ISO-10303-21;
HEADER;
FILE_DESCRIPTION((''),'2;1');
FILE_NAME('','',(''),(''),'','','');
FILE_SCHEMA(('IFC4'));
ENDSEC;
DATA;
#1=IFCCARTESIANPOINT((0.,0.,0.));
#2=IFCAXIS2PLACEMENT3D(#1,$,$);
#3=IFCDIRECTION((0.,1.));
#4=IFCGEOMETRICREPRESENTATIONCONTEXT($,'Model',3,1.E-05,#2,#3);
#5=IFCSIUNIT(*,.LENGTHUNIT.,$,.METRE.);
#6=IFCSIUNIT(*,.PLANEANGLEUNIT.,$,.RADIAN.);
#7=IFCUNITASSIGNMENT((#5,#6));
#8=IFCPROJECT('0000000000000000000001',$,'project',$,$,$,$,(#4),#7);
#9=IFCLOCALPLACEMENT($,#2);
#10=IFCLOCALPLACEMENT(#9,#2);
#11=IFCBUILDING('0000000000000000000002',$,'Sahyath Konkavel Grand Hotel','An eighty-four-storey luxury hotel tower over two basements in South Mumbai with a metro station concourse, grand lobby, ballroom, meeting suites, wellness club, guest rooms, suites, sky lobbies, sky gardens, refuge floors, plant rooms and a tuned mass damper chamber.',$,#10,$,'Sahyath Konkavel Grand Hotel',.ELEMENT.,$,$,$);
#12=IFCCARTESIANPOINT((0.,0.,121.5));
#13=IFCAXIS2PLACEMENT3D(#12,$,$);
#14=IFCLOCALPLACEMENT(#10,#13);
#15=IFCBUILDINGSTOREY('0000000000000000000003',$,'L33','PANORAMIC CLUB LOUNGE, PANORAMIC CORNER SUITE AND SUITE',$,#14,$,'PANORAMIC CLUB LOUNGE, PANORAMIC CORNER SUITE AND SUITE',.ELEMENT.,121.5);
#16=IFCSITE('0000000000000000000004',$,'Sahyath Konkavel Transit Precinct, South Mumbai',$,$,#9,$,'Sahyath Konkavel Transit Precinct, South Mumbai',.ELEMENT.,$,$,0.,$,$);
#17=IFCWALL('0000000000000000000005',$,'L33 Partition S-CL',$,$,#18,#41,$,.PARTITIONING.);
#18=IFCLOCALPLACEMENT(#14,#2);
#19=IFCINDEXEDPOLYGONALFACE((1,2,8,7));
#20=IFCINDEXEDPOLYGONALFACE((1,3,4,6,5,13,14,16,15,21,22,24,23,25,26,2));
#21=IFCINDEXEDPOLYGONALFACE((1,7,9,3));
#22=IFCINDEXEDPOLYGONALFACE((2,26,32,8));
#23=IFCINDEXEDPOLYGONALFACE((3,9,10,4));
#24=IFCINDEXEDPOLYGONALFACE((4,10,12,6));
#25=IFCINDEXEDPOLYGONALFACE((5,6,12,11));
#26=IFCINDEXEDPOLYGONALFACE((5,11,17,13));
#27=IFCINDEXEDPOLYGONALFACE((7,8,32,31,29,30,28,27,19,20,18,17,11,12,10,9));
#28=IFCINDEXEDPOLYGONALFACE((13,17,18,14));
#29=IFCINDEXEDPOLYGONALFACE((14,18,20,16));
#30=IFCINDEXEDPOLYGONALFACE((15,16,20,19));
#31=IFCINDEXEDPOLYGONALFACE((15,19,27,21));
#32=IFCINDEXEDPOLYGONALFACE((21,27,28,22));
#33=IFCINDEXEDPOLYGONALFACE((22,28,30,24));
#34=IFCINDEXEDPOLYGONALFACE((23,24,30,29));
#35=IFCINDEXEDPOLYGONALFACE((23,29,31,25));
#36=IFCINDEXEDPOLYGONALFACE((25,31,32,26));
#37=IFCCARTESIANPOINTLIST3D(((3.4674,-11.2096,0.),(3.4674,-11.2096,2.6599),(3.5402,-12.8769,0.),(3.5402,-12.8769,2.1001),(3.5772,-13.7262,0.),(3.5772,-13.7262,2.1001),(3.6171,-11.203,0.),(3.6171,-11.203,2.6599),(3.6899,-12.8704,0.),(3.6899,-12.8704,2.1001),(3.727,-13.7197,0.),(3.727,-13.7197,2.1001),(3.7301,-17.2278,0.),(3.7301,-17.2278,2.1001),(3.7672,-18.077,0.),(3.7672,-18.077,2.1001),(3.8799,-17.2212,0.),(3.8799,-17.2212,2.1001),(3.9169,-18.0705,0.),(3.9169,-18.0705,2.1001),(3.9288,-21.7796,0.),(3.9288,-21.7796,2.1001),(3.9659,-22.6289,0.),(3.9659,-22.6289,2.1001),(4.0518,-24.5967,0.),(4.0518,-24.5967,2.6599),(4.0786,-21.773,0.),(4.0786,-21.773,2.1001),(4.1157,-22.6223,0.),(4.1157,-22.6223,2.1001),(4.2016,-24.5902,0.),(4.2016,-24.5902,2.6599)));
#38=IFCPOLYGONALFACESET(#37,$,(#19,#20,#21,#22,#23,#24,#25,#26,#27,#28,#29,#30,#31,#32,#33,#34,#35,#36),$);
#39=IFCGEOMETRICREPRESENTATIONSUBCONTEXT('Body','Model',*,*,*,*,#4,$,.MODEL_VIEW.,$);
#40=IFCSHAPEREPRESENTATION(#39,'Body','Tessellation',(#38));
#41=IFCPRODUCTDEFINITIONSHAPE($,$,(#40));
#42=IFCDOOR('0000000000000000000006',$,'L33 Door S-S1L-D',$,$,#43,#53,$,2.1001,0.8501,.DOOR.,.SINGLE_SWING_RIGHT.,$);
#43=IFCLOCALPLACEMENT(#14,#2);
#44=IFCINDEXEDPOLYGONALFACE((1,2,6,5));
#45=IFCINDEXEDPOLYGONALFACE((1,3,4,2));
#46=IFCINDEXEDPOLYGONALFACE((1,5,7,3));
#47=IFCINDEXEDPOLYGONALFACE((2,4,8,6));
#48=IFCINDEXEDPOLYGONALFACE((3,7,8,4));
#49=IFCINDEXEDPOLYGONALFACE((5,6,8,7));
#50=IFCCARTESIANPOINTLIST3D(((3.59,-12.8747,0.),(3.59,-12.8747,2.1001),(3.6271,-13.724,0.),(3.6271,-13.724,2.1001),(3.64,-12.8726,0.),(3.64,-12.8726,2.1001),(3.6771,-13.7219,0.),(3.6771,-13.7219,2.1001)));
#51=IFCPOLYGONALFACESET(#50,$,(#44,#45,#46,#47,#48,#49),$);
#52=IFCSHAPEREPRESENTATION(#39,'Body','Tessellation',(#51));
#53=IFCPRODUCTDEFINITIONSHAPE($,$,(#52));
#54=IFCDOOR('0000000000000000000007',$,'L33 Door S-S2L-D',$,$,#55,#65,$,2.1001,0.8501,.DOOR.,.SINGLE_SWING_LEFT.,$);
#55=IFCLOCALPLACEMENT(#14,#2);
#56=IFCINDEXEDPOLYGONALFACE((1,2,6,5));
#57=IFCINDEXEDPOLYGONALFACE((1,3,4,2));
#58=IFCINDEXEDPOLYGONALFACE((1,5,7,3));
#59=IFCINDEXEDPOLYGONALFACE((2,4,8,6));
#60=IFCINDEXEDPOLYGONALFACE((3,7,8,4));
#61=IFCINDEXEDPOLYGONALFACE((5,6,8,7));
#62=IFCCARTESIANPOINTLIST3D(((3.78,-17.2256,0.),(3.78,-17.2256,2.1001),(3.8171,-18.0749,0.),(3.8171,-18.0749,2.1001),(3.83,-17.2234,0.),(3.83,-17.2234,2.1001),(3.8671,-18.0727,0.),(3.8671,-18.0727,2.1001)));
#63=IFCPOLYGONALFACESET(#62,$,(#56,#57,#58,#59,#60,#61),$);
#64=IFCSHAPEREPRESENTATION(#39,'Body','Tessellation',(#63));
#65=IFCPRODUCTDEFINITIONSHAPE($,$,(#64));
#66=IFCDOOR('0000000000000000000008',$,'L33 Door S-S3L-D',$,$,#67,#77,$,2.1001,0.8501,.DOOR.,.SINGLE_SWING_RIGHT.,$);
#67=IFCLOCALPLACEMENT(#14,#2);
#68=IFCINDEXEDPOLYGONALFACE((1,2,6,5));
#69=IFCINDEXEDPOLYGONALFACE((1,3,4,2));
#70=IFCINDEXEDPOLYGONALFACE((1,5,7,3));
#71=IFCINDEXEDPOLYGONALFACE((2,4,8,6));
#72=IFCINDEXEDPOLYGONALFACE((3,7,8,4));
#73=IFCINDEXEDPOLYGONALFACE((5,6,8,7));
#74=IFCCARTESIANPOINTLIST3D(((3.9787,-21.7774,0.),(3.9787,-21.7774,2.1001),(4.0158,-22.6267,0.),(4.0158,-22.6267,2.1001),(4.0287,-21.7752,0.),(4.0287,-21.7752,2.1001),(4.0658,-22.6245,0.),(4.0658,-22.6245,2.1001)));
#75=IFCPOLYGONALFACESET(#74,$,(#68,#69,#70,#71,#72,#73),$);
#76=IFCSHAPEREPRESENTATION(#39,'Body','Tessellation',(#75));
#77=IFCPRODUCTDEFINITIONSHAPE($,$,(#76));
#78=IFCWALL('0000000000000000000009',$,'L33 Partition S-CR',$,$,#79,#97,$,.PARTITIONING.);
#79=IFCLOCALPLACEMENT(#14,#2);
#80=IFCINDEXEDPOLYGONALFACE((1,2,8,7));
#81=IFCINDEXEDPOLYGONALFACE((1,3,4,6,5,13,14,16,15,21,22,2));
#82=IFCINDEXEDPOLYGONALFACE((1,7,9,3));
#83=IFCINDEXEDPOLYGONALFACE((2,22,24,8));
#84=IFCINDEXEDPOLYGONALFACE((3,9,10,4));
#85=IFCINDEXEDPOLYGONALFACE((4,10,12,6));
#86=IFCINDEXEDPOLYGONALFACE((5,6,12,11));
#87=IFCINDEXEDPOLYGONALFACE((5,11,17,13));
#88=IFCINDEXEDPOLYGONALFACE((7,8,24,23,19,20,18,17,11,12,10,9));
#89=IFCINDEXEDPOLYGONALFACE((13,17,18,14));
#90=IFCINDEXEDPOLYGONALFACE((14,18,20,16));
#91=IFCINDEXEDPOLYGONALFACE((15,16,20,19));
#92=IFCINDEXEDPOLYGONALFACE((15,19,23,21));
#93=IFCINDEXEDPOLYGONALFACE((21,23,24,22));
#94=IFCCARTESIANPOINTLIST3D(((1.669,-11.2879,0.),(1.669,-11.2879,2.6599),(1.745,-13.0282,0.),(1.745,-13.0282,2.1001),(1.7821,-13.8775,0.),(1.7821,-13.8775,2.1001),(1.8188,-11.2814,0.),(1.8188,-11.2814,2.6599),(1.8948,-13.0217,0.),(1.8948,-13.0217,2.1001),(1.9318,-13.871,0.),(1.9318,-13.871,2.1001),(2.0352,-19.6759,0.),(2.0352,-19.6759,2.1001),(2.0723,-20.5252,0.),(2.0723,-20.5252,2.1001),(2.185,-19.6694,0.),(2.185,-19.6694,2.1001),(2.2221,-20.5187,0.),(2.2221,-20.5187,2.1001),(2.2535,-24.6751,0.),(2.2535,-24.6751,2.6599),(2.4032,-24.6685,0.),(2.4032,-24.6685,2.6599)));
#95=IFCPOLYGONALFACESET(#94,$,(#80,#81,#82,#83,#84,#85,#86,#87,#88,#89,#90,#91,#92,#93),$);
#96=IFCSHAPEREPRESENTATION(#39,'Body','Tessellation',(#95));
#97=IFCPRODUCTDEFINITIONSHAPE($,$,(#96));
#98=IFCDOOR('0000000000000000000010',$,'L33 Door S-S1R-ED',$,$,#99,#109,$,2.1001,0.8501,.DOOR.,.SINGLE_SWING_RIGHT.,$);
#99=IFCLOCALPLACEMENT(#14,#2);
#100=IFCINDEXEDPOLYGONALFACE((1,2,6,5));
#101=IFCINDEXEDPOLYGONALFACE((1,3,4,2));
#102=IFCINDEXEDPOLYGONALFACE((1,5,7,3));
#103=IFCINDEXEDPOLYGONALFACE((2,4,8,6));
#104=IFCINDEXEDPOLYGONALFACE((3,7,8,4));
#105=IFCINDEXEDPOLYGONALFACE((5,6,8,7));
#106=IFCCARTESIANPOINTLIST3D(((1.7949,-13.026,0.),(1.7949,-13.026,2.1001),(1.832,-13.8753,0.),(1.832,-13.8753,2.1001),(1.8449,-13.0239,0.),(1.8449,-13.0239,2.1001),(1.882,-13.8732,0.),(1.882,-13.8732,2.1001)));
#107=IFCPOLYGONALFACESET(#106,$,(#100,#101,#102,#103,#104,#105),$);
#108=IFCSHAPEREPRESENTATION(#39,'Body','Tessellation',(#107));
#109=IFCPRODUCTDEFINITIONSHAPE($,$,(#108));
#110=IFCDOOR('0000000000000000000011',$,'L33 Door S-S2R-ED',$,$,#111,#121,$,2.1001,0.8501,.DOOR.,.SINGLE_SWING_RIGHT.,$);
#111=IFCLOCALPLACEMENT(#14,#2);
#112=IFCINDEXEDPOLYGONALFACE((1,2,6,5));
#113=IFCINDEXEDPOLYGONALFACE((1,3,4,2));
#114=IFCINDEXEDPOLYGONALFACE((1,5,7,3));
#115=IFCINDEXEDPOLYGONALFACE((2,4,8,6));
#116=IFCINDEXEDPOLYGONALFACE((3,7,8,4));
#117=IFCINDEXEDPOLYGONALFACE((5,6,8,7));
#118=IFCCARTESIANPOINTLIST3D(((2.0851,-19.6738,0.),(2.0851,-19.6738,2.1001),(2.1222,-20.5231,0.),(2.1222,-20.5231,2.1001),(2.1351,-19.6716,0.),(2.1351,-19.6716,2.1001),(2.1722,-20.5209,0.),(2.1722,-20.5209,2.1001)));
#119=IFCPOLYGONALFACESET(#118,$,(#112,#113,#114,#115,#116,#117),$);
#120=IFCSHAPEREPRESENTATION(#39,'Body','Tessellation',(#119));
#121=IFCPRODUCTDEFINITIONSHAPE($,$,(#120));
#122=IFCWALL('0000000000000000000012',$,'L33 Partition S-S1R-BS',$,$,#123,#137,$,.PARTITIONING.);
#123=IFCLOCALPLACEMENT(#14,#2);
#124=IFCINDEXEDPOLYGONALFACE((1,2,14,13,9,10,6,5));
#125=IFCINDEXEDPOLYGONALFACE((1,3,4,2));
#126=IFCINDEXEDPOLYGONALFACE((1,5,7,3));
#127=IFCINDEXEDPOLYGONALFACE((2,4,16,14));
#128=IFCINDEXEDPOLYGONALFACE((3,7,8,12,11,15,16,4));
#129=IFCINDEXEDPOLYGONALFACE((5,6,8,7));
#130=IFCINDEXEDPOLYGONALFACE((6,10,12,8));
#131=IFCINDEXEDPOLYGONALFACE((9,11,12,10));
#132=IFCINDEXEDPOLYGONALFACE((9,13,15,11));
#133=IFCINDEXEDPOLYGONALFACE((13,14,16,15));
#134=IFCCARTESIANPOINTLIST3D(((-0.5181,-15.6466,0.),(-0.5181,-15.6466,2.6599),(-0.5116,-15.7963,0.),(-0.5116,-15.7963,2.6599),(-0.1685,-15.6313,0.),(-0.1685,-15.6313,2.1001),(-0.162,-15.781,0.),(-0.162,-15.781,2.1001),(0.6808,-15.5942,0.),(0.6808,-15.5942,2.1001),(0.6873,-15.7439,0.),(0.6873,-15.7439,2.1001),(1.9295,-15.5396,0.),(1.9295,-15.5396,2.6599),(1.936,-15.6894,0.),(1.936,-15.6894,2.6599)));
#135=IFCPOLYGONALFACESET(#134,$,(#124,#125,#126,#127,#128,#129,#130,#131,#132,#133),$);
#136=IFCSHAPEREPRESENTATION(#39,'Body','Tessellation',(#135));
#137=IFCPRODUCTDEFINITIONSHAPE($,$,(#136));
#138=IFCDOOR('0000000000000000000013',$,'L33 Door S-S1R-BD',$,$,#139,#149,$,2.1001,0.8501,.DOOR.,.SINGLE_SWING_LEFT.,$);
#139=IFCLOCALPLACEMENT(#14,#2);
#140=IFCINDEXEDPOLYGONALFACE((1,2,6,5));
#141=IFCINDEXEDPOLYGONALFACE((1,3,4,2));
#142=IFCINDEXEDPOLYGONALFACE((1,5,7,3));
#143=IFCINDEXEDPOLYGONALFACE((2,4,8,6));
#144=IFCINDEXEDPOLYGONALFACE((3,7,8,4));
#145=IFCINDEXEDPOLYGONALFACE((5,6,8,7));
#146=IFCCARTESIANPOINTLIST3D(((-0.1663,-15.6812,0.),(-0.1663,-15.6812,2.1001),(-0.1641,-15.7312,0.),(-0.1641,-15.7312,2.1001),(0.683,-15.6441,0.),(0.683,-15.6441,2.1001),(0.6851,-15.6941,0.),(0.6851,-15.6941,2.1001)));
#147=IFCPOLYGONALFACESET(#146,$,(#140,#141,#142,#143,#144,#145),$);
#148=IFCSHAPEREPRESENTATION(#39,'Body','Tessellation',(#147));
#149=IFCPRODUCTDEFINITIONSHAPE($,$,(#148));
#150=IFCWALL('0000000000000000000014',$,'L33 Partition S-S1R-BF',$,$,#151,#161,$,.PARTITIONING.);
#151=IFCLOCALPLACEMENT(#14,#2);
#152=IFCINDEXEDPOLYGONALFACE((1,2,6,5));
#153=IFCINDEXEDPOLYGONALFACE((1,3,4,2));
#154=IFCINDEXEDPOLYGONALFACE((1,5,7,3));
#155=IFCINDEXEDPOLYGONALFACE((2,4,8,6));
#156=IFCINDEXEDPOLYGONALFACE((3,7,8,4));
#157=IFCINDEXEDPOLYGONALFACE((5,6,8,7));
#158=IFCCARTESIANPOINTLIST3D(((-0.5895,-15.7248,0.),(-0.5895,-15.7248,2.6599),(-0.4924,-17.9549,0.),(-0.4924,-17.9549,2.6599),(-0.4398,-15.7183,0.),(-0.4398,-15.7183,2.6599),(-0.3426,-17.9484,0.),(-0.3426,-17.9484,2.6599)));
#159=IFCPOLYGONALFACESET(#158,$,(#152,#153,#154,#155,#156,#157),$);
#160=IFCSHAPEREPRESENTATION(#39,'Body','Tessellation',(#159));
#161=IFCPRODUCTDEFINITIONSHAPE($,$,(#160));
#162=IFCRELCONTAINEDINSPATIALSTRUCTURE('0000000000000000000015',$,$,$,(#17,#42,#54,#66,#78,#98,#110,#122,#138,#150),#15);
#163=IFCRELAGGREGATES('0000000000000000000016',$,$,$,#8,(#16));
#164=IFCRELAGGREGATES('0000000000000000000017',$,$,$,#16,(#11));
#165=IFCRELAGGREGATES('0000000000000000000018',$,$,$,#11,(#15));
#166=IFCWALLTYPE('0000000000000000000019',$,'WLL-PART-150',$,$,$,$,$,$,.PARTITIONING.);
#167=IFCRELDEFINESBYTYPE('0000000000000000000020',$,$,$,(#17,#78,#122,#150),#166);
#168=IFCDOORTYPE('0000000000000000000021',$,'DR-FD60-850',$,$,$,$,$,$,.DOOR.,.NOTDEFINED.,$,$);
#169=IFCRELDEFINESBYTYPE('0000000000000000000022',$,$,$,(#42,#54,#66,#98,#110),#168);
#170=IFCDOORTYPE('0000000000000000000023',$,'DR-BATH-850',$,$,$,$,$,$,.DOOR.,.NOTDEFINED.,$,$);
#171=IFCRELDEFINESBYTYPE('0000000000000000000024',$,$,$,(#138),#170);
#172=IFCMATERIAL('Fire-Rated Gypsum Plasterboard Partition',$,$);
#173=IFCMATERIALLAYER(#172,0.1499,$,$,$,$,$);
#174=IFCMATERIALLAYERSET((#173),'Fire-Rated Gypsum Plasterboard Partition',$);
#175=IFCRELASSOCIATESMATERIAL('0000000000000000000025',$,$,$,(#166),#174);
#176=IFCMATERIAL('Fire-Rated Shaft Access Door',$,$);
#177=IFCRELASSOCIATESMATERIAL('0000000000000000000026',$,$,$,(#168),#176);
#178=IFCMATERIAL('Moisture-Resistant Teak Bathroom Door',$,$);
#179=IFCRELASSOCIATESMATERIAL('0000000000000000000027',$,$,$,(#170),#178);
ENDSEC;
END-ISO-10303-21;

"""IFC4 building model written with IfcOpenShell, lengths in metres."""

from ifc_helpers import new_model, si_unit, direction, frame, frame_2d, origin, origin_2d, place, context, subcontext, project, spatial, rectangle, extrude, source, transform, mapped, material, layer, layer_set, type_object, element, fill, save


model = new_model("IFC4")

# Units and contexts
model_context = context("Model", 3, precision=1e-05, world=origin(), true_north=direction((0.0, 1.0)))
body_context = subcontext(model_context, "Body", "Model", "MODEL_VIEW")
ifc_project = project(units=[si_unit("LENGTHUNIT", "METRE"), si_unit("PLANEANGLEUNIT", "RADIAN")], contexts=[model_context])

# Site, building, storey
site_placement = place(None, origin())
site = spatial("IfcSite", under=ifc_project, at=site_placement, Name="Sahyath Konkavel Transit Precinct, South Mumbai", LongName="Sahyath Konkavel Transit Precinct, South Mumbai", CompositionType="ELEMENT", RefElevation=0.0)
building_placement = place(site_placement, origin())
building = spatial("IfcBuilding", under=site, at=building_placement, Name="Sahyath Konkavel Grand Hotel", Description="An eighty-four-storey luxury hotel tower over two basements in South Mumbai with a metro station concourse, grand lobby, ballroom, meeting suites, wellness club, guest rooms, suites, sky lobbies, sky gardens, refuge floors, plant rooms and a tuned mass damper chamber.", LongName="Sahyath Konkavel Grand Hotel", CompositionType="ELEMENT")
storey_placement = place(building_placement, frame((0.0, 0.0, 121.5)))
storey = spatial("IfcBuildingStorey", under=building, at=storey_placement, Name="L33", Description="PANORAMIC CLUB LOUNGE, PANORAMIC CORNER SUITE AND SUITE", LongName="PANORAMIC CLUB LOUNGE, PANORAMIC CORNER SUITE AND SUITE", CompositionType="ELEMENT", Elevation=121.5)

# Walls, openings, doors
ifc_material_1 = material(Name="Fire-Rated Gypsum Plasterboard Partition")
ifc_layer_1 = layer(ifc_material_1, 0.1499)
ifc_layer_set_1 = layer_set([ifc_layer_1], Name="Fire-Rated Gypsum Plasterboard Partition")
wall_type_1 = type_object("IfcWallType", Name="WLL-PART-150", PredefinedType="PARTITIONING", material=ifc_layer_set_1)
wall_1_placement = place(storey_placement, frame((3.5422, -11.2063, 0.0), z_axis=(0.0, 0.0, 1.0), x_axis=(0.043617, -0.999048, 0.0)))
wall_1 = element("IfcWall", 1, at=wall_1_placement, inside=storey, type_object=wall_type_1, Name="L33 Partition S-CL", PredefinedType="PARTITIONING", context=body_context, shape_type="SweptSolid", body=[
    extrude(rectangle(XDim=13.3999, YDim=0.1499, at=frame_2d((6.7, 0.0))), origin(), (0.0, 0.0, 1.0), 2.6599),
])
opening_1_placement = place(wall_1_placement, frame((1.6689, 0.0, 0.0)))
opening_1 = element("IfcOpeningElement", 2, at=opening_1_placement, cuts=wall_1, PredefinedType="OPENING", context=body_context, shape_type="SweptSolid", body=[
    extrude(rectangle(XDim=0.8501, YDim=2.1001, at=frame_2d((0.425, 1.05))), frame((0.0, 0.085, 0.0), z_axis=(0.0, -1.0, 0.0), x_axis=(1.0, 0.0, 0.0)), (0.0, 0.0, 1.0), 0.1699),
])
opening_2_placement = place(wall_1_placement, frame((6.0239, 0.0, 0.0)))
opening_2 = element("IfcOpeningElement", 3, at=opening_2_placement, cuts=wall_1, PredefinedType="OPENING", context=body_context, shape_type="SweptSolid", body=[
    extrude(rectangle(XDim=0.8501, YDim=2.1001, at=frame_2d((0.425, 1.05))), frame((0.0, 0.085, 0.0), z_axis=(0.0, -1.0, 0.0), x_axis=(1.0, 0.0, 0.0)), (0.0, 0.0, 1.0), 0.1699),
])
opening_3_placement = place(wall_1_placement, frame((10.5801, 0.0, 0.0)))
opening_3 = element("IfcOpeningElement", 4, at=opening_3_placement, cuts=wall_1, PredefinedType="OPENING", context=body_context, shape_type="SweptSolid", body=[
    extrude(rectangle(XDim=0.8501, YDim=2.1001, at=frame_2d((0.425, 1.05))), frame((0.0, 0.085, 0.0), z_axis=(0.0, -1.0, 0.0), x_axis=(1.0, 0.0, 0.0)), (0.0, 0.0, 1.0), 0.1699),
])
ifc_material_2 = material(Name="Fire-Rated Shaft Access Door")
door_type_1 = type_object("IfcDoorType", Name="DR-FD60-850", OperationType="NOTDEFINED", PredefinedType="DOOR", material=ifc_material_2)
shared_shape_1 = source(origin(), body_context, "Body", "SweptSolid", [
    extrude(rectangle(XDim=0.8501, YDim=0.05, at=origin_2d()), origin(), (0.0, 0.0, 1.0), 2.1001),
])
door_1_placement = place(opening_1_placement, frame((0.425, 0.0, 0.0)))
door_1 = element("IfcDoor", 5, at=door_1_placement, inside=storey, type_object=door_type_1, Name="L33 Door S-S1L-D", OperationType="SINGLE_SWING_RIGHT", OverallHeight=2.1001, OverallWidth=0.8501, PredefinedType="DOOR", context=body_context, shape_type="MappedRepresentation", body=[
    mapped(shared_shape_1, transform((0.0, 0.0, 0.0), scale=1.0)),
])
fill(opening_1, door_1)
door_2_placement = place(opening_2_placement, frame((0.425, 0.0, 0.0)))
door_2 = element("IfcDoor", 6, at=door_2_placement, inside=storey, type_object=door_type_1, Name="L33 Door S-S2L-D", OperationType="SINGLE_SWING_LEFT", OverallHeight=2.1001, OverallWidth=0.8501, PredefinedType="DOOR", context=body_context, shape_type="MappedRepresentation", body=[
    mapped(shared_shape_1, transform((0.0, 0.0, 0.0), scale=1.0)),
])
fill(opening_2, door_2)
door_3_placement = place(opening_3_placement, frame((0.425, 0.0, 0.0)))
door_3 = element("IfcDoor", 7, at=door_3_placement, inside=storey, type_object=door_type_1, Name="L33 Door S-S3L-D", OperationType="SINGLE_SWING_RIGHT", OverallHeight=2.1001, OverallWidth=0.8501, PredefinedType="DOOR", context=body_context, shape_type="MappedRepresentation", body=[
    mapped(shared_shape_1, transform((0.0, 0.0, 0.0), scale=1.0)),
])
fill(opening_3, door_3)
wall_2_placement = place(storey_placement, frame((1.7439, -11.2847, 0.0), z_axis=(0.0, 0.0, 1.0), x_axis=(0.043617, -0.999048, 0.0)))
wall_2 = element("IfcWall", 8, at=wall_2_placement, inside=storey, type_object=wall_type_1, Name="L33 Partition S-CR", PredefinedType="PARTITIONING", context=body_context, shape_type="SweptSolid", body=[
    extrude(rectangle(XDim=13.3999, YDim=0.1499, at=frame_2d((6.7, 0.0))), origin(), (0.0, 0.0, 1.0), 2.6599),
])
opening_4_placement = place(wall_2_placement, frame((1.7419, 0.0, 0.0)))
opening_4 = element("IfcOpeningElement", 9, at=opening_4_placement, cuts=wall_2, PredefinedType="OPENING", context=body_context, shape_type="SweptSolid", body=[
    extrude(rectangle(XDim=0.8501, YDim=2.1001, at=frame_2d((0.425, 1.05))), frame((0.0, 0.085, 0.0), z_axis=(0.0, -1.0, 0.0), x_axis=(1.0, 0.0, 0.0)), (0.0, 0.0, 1.0), 0.1699),
])
opening_5_placement = place(wall_2_placement, frame((8.396, 0.0, 0.0)))
opening_5 = element("IfcOpeningElement", 10, at=opening_5_placement, cuts=wall_2, PredefinedType="OPENING", context=body_context, shape_type="SweptSolid", body=[
    extrude(rectangle(XDim=0.8501, YDim=2.1001, at=frame_2d((0.425, 1.05))), frame((0.0, 0.085, 0.0), z_axis=(0.0, -1.0, 0.0), x_axis=(1.0, 0.0, 0.0)), (0.0, 0.0, 1.0), 0.1699),
])
door_4_placement = place(opening_4_placement, frame((0.425, 0.0, 0.0)))
door_4 = element("IfcDoor", 11, at=door_4_placement, inside=storey, type_object=door_type_1, Name="L33 Door S-S1R-ED", OperationType="SINGLE_SWING_RIGHT", OverallHeight=2.1001, OverallWidth=0.8501, PredefinedType="DOOR", context=body_context, shape_type="MappedRepresentation", body=[
    mapped(shared_shape_1, transform((0.0, 0.0, 0.0), scale=1.0)),
])
fill(opening_4, door_4)
door_5_placement = place(opening_5_placement, frame((0.425, 0.0, 0.0)))
door_5 = element("IfcDoor", 12, at=door_5_placement, inside=storey, type_object=door_type_1, Name="L33 Door S-S2R-ED", OperationType="SINGLE_SWING_RIGHT", OverallHeight=2.1001, OverallWidth=0.8501, PredefinedType="DOOR", context=body_context, shape_type="MappedRepresentation", body=[
    mapped(shared_shape_1, transform((0.0, 0.0, 0.0), scale=1.0)),
])
fill(opening_5, door_5)

# Wall, opening, door
wall_3_placement = place(storey_placement, frame((1.9329, -15.6145, 0.0), z_axis=(0.0, 0.0, 1.0), x_axis=(-0.999047, -0.043649, 0.0)))
wall_3 = element("IfcWall", 13, at=wall_3_placement, inside=storey, type_object=wall_type_1, Name="L33 Partition S-S1R-BS", PredefinedType="PARTITIONING", context=body_context, shape_type="SweptSolid", body=[
    extrude(rectangle(XDim=2.45, YDim=0.1499, at=frame_2d((1.2251, 0.0))), origin(), (0.0, 0.0, 1.0), 2.6599),
])
opening_6_placement = place(wall_3_placement, frame((1.25, 0.0, 0.0)))
opening_6 = element("IfcOpeningElement", 14, at=opening_6_placement, cuts=wall_3, PredefinedType="OPENING", context=body_context, shape_type="SweptSolid", body=[
    extrude(rectangle(XDim=0.8501, YDim=2.1001, at=frame_2d((0.425, 1.05))), frame((0.0, 0.085, 0.0), z_axis=(0.0, -1.0, 0.0), x_axis=(1.0, 0.0, 0.0)), (0.0, 0.0, 1.0), 0.1699),
])
ifc_material_3 = material(Name="Moisture-Resistant Teak Bathroom Door")
door_type_2 = type_object("IfcDoorType", Name="DR-BATH-850", OperationType="NOTDEFINED", PredefinedType="DOOR", material=ifc_material_3)
door_6_placement = place(opening_6_placement, frame((0.425, 0.0, 0.0)))
door_6 = element("IfcDoor", 15, at=door_6_placement, inside=storey, type_object=door_type_2, Name="L33 Door S-S1R-BD", OperationType="SINGLE_SWING_LEFT", OverallHeight=2.1001, OverallWidth=0.8501, PredefinedType="DOOR", context=body_context, shape_type="MappedRepresentation", body=[
    mapped(shared_shape_1, transform((0.0, 0.0, 0.0), scale=1.0)),
])
fill(opening_6, door_6)

# Wall
wall_4_placement = place(storey_placement, frame((-0.5146, -15.7214, 0.0), z_axis=(0.0, 0.0, 1.0), x_axis=(0.043532, -0.999052, 0.0)))
element("IfcWall", 16, at=wall_4_placement, inside=storey, type_object=wall_type_1, Name="L33 Partition S-S1R-BF", PredefinedType="PARTITIONING", context=body_context, shape_type="SweptSolid", body=[
    extrude(rectangle(XDim=2.2322, YDim=0.1499, at=frame_2d((1.1162, 0.0))), origin(), (0.0, 0.0, 1.0), 2.6599),
])

save(model, "model.ifc")
